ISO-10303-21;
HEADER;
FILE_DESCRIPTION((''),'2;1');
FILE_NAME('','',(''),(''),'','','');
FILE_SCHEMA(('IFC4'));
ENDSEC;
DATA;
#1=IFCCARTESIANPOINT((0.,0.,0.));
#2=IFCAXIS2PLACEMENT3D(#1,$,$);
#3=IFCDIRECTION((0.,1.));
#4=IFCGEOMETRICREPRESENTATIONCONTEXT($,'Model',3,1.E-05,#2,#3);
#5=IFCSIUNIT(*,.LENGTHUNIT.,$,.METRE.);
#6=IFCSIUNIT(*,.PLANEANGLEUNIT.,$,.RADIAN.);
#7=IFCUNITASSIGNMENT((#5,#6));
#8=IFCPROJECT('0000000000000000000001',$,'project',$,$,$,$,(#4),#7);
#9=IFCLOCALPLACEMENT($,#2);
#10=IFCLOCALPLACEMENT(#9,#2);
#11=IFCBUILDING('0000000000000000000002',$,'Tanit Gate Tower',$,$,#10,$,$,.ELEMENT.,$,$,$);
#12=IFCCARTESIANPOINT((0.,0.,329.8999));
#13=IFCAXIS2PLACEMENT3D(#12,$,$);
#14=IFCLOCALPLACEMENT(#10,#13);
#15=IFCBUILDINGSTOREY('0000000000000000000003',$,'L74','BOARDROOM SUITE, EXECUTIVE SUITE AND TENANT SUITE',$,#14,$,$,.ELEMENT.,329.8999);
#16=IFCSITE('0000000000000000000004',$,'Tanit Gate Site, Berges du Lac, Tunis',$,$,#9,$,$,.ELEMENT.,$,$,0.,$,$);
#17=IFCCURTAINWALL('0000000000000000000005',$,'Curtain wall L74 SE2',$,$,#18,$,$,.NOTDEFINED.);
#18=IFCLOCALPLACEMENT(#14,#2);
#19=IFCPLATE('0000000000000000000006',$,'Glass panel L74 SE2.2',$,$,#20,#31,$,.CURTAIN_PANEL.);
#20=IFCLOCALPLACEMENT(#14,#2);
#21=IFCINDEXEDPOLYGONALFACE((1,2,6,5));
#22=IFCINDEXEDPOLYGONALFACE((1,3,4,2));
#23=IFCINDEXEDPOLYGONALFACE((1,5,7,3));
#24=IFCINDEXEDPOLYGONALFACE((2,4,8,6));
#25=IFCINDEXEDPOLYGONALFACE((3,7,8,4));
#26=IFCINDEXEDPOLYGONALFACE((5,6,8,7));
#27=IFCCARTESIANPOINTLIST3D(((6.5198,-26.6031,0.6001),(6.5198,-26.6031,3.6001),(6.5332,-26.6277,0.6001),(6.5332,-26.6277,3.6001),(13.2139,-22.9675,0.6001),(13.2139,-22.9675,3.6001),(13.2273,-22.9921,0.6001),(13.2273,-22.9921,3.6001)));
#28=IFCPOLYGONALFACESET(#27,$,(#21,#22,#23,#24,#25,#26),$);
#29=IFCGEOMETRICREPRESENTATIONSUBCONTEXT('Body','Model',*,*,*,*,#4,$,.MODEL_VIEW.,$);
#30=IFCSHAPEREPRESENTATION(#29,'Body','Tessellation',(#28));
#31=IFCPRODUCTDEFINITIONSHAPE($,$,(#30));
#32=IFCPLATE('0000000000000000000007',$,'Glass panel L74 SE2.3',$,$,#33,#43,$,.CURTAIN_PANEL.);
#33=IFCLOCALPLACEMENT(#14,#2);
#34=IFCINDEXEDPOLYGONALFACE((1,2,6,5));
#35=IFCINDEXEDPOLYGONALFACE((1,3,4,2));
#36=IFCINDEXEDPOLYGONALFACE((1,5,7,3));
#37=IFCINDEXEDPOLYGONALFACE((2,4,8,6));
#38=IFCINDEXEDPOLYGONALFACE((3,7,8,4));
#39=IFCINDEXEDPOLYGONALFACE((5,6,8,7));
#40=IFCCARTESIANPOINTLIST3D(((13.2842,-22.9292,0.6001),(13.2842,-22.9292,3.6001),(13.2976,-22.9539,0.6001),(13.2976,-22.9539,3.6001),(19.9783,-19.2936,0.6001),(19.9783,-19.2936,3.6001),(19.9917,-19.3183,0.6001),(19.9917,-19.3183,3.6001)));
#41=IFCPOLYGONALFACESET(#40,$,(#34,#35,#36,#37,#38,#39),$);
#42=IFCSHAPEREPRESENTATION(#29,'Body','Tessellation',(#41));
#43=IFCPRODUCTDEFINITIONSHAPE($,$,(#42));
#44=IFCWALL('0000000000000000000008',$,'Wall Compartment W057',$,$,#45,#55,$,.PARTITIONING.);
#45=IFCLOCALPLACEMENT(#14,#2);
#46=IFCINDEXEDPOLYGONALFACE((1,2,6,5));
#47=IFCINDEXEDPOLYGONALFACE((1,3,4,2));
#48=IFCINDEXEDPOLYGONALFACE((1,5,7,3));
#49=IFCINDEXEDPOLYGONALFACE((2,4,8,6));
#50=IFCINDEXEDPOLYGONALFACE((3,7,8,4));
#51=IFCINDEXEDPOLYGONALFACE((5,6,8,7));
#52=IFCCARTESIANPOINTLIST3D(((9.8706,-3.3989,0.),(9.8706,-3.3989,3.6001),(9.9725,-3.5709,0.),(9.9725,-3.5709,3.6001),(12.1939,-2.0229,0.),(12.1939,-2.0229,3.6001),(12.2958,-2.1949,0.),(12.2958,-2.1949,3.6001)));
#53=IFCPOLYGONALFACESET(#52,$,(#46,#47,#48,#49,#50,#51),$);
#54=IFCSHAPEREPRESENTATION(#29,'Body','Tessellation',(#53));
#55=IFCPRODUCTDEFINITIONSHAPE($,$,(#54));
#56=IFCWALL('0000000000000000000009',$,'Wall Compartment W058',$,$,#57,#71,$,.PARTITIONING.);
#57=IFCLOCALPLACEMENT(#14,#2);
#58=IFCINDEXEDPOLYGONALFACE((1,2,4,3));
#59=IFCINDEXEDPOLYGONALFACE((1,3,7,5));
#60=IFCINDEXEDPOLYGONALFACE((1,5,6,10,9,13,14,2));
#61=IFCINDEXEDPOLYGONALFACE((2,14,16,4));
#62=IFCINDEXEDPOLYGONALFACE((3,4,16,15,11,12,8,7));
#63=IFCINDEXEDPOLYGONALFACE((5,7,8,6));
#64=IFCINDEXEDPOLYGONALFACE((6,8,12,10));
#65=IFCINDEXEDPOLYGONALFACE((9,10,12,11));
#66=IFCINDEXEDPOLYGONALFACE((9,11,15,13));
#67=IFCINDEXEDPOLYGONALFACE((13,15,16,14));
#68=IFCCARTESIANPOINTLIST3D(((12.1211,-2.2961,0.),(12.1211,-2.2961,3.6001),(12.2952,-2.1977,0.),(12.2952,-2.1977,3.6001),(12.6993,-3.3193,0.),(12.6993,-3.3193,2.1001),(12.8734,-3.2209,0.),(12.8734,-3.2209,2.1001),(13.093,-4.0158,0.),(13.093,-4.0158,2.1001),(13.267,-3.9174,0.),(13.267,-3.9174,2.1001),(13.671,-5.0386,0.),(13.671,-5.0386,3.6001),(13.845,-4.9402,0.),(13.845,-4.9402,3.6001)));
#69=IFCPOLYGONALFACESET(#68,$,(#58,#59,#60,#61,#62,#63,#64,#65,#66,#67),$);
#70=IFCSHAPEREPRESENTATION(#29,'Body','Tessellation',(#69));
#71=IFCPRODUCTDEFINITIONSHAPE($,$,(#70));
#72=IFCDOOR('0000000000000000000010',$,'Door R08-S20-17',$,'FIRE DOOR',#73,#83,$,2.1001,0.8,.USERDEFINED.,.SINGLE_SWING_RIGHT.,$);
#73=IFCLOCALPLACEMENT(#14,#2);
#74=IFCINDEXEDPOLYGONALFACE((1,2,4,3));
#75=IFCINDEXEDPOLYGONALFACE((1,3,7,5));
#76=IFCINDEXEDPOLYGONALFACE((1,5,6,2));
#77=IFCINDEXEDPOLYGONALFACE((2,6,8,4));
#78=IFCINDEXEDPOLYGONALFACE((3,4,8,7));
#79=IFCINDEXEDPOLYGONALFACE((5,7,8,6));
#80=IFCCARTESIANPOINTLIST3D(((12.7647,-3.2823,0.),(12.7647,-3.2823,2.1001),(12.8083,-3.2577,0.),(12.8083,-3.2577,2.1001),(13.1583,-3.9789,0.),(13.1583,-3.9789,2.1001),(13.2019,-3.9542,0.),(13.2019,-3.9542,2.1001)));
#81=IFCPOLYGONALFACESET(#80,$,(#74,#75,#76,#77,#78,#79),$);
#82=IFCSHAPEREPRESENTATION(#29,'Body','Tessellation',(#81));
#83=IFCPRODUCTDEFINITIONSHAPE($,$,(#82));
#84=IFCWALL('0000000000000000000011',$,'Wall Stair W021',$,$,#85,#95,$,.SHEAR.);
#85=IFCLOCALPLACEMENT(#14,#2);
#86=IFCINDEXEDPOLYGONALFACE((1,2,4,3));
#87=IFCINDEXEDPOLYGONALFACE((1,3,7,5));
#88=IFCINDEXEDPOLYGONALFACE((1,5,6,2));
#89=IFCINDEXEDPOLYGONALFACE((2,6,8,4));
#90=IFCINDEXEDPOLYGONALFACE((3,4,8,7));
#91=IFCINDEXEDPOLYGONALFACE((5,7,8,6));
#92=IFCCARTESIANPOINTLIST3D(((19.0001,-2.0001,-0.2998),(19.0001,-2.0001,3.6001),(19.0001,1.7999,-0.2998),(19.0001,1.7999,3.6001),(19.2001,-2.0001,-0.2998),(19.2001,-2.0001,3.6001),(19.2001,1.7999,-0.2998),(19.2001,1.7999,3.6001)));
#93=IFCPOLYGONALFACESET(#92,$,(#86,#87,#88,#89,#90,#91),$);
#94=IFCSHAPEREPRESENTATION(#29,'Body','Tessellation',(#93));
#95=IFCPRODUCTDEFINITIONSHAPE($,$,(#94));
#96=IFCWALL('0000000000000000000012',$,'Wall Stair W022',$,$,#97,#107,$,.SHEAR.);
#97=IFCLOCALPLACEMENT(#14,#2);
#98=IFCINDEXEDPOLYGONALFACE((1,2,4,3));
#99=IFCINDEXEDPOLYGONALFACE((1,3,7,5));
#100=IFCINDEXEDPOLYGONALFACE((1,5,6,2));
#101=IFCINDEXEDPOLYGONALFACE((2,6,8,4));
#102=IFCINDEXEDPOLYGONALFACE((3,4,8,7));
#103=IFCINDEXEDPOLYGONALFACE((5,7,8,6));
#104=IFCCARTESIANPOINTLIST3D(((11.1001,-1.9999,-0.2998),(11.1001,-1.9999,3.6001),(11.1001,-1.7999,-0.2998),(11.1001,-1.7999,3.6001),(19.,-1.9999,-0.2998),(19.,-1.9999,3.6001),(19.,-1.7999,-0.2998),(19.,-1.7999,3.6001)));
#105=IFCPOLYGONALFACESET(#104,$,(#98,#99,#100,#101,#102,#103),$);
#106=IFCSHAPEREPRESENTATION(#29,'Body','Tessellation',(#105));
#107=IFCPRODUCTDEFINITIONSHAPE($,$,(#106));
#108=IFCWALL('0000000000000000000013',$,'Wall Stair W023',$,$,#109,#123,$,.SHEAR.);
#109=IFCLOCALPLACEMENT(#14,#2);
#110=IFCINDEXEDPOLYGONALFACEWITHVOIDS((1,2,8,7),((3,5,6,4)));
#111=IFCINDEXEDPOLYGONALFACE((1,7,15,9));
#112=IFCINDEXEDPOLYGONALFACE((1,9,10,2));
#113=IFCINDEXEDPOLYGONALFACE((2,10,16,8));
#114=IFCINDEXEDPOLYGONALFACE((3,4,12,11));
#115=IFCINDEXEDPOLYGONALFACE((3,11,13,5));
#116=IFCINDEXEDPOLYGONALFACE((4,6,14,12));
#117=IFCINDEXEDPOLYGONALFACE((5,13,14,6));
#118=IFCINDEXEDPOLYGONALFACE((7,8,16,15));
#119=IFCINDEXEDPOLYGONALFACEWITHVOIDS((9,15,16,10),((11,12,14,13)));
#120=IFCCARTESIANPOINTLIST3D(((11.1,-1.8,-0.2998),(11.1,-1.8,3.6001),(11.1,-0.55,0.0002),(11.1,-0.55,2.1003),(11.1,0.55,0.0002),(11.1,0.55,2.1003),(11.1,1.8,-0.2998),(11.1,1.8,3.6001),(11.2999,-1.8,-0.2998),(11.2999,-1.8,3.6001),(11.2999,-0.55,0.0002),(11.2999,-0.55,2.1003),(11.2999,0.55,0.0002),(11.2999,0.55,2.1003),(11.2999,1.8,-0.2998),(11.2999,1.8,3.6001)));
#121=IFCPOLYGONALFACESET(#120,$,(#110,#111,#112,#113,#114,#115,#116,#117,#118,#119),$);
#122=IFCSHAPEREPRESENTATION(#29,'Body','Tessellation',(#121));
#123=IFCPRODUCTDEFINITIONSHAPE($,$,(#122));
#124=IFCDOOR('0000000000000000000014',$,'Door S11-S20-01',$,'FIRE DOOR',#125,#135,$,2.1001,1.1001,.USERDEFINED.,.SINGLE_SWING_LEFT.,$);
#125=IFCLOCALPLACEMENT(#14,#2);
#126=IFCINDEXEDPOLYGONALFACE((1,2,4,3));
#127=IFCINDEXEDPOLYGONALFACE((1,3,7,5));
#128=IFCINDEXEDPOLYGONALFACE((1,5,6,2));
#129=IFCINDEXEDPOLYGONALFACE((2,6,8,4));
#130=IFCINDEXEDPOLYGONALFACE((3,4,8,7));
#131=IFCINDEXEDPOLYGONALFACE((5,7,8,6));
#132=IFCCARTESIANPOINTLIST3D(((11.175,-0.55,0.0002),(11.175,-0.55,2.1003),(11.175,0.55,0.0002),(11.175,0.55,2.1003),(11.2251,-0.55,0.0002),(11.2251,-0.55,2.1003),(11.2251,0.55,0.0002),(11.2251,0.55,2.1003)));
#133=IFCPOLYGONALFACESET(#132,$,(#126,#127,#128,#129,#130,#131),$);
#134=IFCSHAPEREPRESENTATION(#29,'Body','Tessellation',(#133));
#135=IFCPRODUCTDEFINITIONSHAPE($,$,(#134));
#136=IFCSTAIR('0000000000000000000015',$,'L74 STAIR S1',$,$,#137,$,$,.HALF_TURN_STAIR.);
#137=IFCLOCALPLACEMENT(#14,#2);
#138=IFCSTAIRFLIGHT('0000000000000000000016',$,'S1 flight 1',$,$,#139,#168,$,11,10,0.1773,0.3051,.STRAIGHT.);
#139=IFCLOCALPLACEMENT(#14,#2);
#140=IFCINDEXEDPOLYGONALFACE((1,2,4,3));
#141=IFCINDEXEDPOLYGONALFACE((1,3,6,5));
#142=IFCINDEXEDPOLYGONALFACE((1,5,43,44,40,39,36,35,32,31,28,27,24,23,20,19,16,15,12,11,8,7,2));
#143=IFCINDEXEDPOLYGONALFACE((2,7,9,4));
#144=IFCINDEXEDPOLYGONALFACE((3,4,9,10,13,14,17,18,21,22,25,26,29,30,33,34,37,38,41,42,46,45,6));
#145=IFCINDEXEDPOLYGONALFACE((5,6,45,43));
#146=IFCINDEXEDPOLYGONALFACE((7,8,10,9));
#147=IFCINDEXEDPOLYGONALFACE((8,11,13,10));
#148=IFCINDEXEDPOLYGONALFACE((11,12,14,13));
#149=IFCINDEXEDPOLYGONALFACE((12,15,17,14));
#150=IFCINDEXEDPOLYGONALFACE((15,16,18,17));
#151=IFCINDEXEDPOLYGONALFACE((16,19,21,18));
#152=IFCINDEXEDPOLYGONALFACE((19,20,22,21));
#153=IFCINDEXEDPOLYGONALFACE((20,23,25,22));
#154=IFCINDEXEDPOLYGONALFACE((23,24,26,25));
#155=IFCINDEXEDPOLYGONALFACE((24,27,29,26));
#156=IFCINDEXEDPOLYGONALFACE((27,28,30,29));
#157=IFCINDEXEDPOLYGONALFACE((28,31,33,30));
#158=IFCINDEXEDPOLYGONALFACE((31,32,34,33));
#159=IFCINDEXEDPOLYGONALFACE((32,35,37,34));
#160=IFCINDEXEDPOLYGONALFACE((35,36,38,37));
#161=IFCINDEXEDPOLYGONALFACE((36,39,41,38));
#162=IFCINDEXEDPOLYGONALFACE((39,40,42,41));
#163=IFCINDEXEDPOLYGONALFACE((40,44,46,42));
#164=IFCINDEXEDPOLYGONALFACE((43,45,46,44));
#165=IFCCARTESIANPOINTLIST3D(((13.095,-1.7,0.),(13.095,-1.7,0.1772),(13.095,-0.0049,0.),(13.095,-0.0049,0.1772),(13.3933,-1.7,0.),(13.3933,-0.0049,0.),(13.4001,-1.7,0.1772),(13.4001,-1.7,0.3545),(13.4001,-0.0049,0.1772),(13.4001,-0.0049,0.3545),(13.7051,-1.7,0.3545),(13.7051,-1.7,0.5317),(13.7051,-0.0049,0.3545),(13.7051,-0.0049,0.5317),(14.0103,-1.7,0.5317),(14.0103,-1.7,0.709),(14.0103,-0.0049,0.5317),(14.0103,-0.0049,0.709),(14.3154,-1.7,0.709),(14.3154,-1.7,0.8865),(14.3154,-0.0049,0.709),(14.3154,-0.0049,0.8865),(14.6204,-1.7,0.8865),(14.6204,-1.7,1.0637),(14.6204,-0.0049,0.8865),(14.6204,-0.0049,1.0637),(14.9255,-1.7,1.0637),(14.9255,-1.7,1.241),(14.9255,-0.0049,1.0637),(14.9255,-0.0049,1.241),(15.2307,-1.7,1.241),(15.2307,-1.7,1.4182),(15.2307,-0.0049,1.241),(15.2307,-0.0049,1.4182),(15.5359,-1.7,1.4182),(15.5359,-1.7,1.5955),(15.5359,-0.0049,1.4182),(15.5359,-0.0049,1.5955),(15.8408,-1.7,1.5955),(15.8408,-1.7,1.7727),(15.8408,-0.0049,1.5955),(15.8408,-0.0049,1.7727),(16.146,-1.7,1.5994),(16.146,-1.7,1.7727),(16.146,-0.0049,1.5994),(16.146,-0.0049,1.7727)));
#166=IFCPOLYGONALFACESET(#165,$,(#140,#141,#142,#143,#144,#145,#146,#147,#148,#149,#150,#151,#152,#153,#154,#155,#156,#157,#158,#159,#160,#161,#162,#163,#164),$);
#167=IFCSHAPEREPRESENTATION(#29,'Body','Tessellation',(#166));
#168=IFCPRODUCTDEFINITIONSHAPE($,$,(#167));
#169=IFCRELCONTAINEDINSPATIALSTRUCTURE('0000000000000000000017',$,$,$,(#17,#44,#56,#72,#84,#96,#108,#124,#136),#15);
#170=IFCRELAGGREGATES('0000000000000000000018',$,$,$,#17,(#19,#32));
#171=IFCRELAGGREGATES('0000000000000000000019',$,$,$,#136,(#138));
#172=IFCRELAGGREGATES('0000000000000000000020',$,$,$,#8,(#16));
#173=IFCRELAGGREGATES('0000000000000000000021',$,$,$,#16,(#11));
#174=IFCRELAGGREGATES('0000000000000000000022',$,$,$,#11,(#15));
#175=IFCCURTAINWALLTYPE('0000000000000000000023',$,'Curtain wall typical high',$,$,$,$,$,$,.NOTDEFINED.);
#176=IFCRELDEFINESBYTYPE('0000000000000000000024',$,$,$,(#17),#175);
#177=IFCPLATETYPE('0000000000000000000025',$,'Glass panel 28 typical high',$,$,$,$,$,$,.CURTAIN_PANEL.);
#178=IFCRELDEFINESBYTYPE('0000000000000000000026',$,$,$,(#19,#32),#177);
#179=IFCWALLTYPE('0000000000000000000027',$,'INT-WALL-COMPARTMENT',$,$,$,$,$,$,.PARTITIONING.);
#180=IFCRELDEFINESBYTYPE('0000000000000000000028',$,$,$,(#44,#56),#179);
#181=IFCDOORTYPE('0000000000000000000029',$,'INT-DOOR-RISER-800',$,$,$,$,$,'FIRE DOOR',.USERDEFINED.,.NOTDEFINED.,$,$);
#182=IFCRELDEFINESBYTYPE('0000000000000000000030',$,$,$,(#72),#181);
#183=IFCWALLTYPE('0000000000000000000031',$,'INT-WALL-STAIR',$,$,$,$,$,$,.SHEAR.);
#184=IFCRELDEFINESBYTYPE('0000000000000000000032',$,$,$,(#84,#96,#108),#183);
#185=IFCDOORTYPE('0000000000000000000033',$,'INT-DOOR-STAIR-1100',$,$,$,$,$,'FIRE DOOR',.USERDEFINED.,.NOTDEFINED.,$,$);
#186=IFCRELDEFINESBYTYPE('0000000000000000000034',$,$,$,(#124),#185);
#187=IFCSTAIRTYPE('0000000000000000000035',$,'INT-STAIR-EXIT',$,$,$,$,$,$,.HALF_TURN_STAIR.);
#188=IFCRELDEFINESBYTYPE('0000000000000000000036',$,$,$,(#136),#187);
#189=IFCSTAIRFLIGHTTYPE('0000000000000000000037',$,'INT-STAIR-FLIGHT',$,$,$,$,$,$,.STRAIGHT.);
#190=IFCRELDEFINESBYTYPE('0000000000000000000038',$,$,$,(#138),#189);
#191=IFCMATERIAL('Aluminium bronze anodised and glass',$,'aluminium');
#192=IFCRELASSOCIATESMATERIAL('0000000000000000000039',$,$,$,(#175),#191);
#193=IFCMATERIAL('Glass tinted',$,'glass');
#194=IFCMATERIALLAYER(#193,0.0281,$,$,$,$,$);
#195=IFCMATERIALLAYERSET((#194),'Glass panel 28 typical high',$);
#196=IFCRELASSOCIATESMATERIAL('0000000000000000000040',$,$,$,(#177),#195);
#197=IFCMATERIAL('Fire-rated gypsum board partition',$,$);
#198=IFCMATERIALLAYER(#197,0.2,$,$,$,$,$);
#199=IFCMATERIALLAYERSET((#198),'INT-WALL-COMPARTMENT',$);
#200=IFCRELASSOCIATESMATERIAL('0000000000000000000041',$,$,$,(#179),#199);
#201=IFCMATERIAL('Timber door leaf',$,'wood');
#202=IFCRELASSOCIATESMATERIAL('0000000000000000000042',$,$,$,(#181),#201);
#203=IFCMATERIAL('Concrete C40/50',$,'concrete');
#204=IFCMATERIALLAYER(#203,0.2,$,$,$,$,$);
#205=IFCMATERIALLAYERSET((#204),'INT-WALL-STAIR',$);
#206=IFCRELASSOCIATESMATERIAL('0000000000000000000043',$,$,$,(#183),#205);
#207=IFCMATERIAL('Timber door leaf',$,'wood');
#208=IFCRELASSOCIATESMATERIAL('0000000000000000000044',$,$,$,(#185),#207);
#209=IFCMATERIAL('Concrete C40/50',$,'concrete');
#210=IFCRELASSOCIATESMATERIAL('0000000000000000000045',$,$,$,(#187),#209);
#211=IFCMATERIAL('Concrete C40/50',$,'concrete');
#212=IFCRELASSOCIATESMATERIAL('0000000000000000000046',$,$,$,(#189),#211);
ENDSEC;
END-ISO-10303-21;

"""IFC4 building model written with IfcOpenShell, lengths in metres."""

from ifc_helpers import new_model, si_unit, direction, frame, frame_2d, origin, origin_2d, place, context, subcontext, project, spatial, polyline, rectangle, outline, extrude, material, layer, layer_set, type_object, element, fill, aggregate, save


model = new_model("IFC4")

# Units and contexts
model_context = context("Model", 3, precision=1e-05, world=origin(), true_north=direction((0.0, 1.0)))
body_context = subcontext(model_context, "Body", "Model", "MODEL_VIEW")
ifc_project = project(units=[si_unit("LENGTHUNIT", "METRE"), si_unit("PLANEANGLEUNIT", "RADIAN")], contexts=[model_context])

# Site, building, storey
site_placement = place(None, origin())
site = spatial("IfcSite", under=ifc_project, at=site_placement, Name="Tanit Gate Site, Berges du Lac, Tunis", CompositionType="ELEMENT", RefElevation=0.0)
building_placement = place(site_placement, origin())
building = spatial("IfcBuilding", under=site, at=building_placement, Name="Tanit Gate Tower", CompositionType="ELEMENT")
storey_placement = place(building_placement, frame((0.0, 0.0, 329.8999)))
storey = spatial("IfcBuildingStorey", under=building, at=storey_placement, Name="L74", Description="BOARDROOM SUITE, EXECUTIVE SUITE AND TENANT SUITE", CompositionType="ELEMENT", Elevation=329.8999)

# Curtain wall
ifc_material_1 = material(Name="Aluminium bronze anodised and glass", Category="aluminium")
curtain_wall_type = type_object("IfcCurtainWallType", Name="Curtain wall typical high", PredefinedType="NOTDEFINED", material=ifc_material_1)
curtain_wall_placement = place(storey_placement, origin())
curtain_wall = element("IfcCurtainWall", 1, at=curtain_wall_placement, inside=storey, type_object=curtain_wall_type, Name="Curtain wall L74 SE2", PredefinedType="NOTDEFINED")

# Plates
ifc_material_2 = material(Name="Glass tinted", Category="glass")
ifc_layer_1 = layer(ifc_material_2, 0.0281)
ifc_layer_set_1 = layer_set([ifc_layer_1], Name="Glass panel 28 typical high")
plate_type = type_object("IfcPlateType", Name="Glass panel 28 typical high", PredefinedType="CURTAIN_PANEL", material=ifc_layer_set_1)
plate_1_placement = place(storey_placement, frame((9.8735, -24.7976, 0.6001), z_axis=(0.0, 0.0, 1.0), x_axis=(0.878762, 0.477259, 0.0)))
plate_1 = element("IfcPlate", 2, at=plate_1_placement, type_object=plate_type, Name="Glass panel L74 SE2.2", PredefinedType="CURTAIN_PANEL", context=body_context, shape_type="SweptSolid", body=[
    extrude(rectangle(XDim=7.6177, YDim=0.0281, at=origin_2d()), origin(), (0.0, 0.0, 1.0), 3.0),
])
plate_2_placement = place(storey_placement, frame((16.6379, -21.1238, 0.6001), z_axis=(0.0, 0.0, 1.0), x_axis=(0.878762, 0.477259, 0.0)))
plate_2 = element("IfcPlate", 3, at=plate_2_placement, type_object=plate_type, Name="Glass panel L74 SE2.3", PredefinedType="CURTAIN_PANEL", context=body_context, shape_type="SweptSolid", body=[
    extrude(rectangle(XDim=7.6177, YDim=0.0281, at=origin_2d()), origin(), (0.0, 0.0, 1.0), 3.0),
])
aggregate(curtain_wall, [plate_1, plate_2])

# Wall
ifc_material_3 = material(Name="Fire-rated gypsum board partition")
ifc_layer_2 = layer(ifc_material_3, 0.2)
ifc_layer_set_2 = layer_set([ifc_layer_2], Name="INT-WALL-COMPARTMENT")
wall_type_1 = type_object("IfcWallType", Name="INT-WALL-COMPARTMENT", PredefinedType="PARTITIONING", material=ifc_layer_set_2)
wall_1_placement = place(storey_placement, frame((12.2449, -2.1089, 0.0), z_axis=(0.0, 0.0, 1.0), x_axis=(-0.860415, -0.509594, 0.0)))
element("IfcWall", 4, at=wall_1_placement, inside=storey, type_object=wall_type_1, Name="Wall Compartment W057", PredefinedType="PARTITIONING", context=body_context, shape_type="SweptSolid", body=[
    extrude(rectangle(XDim=2.7002, YDim=0.2, at=frame_2d((1.3501, 0.0))), origin(), (0.0, 0.0, 1.0), 3.6001),
])

# Wall, opening, door
wall_2_placement = place(storey_placement, frame((13.7581, -4.9895, 0.0), z_axis=(0.0, 0.0, 1.0), x_axis=(-0.491993, 0.870599, 0.0)))
wall_2 = element("IfcWall", 5, at=wall_2_placement, inside=storey, type_object=wall_type_1, Name="Wall Compartment W058", PredefinedType="PARTITIONING", context=body_context, shape_type="SweptSolid", body=[
    extrude(rectangle(XDim=3.1501, YDim=0.2, at=frame_2d((1.5752, 0.0))), origin(), (0.0, 0.0, 1.0), 3.6001),
])
opening_1_placement = place(wall_2_placement, frame((1.175, 0.0, 0.0)))
opening_1 = element("IfcOpeningElement", 6, at=opening_1_placement, cuts=wall_2, PredefinedType="OPENING", context=body_context, shape_type="SweptSolid", body=[
    extrude(rectangle(XDim=0.8, YDim=2.1001, at=frame_2d((0.3999, 1.05))), frame((0.0, 0.1099, 0.0), z_axis=(0.0, -1.0, 0.0), x_axis=(1.0, 0.0, 0.0)), (0.0, 0.0, 1.0), 0.22),
])
ifc_material_4 = material(Name="Timber door leaf", Category="wood")
door_type_1 = type_object("IfcDoorType", Name="INT-DOOR-RISER-800", ElementType="FIRE DOOR", OperationType="NOTDEFINED", PredefinedType="USERDEFINED", material=ifc_material_4)
door_1_placement = place(opening_1_placement, origin())
door_1 = element("IfcDoor", 7, at=door_1_placement, inside=storey, type_object=door_type_1, Name="Door R08-S20-17", ObjectType="FIRE DOOR", OperationType="SINGLE_SWING_RIGHT", OverallHeight=2.1001, OverallWidth=0.8, PredefinedType="USERDEFINED", context=body_context, shape_type="SweptSolid", body=[
    extrude(rectangle(XDim=0.8, YDim=2.1001, at=frame_2d((0.3999, 1.05))), frame((0.0, 0.0249, 0.0), z_axis=(0.0, -1.0, 0.0), x_axis=(1.0, 0.0, 0.0)), (0.0, 0.0, 1.0), 0.05),
])
fill(opening_1, door_1)

# Walls
ifc_material_5 = material(Name="Concrete C40/50", Category="concrete")
ifc_layer_3 = layer(ifc_material_5, 0.2)
ifc_layer_set_3 = layer_set([ifc_layer_3], Name="INT-WALL-STAIR")
wall_type_2 = type_object("IfcWallType", Name="INT-WALL-STAIR", PredefinedType="SHEAR", material=ifc_layer_set_3)
wall_3_placement = place(storey_placement, frame((19.1001, -2.0, -0.2998), z_axis=(0.0, 0.0, 1.0), x_axis=(0.0, 1.0, 0.0)))
element("IfcWall", 8, at=wall_3_placement, inside=storey, type_object=wall_type_2, Name="Wall Stair W021", PredefinedType="SHEAR", context=body_context, shape_type="SweptSolid", body=[
    extrude(rectangle(XDim=3.8, YDim=0.2, at=frame_2d((1.8999, 0.0))), origin(), (0.0, 0.0, 1.0), 3.8999),
])
wall_4_placement = place(storey_placement, frame((11.1001, -1.8999, -0.2998), z_axis=(0.0, 0.0, 1.0), x_axis=(1.0, 0.0, 0.0)))
element("IfcWall", 9, at=wall_4_placement, inside=storey, type_object=wall_type_2, Name="Wall Stair W022", PredefinedType="SHEAR", context=body_context, shape_type="SweptSolid", body=[
    extrude(rectangle(XDim=7.8999, YDim=0.2, at=frame_2d((3.95, 0.0))), origin(), (0.0, 0.0, 1.0), 3.8999),
])

# Wall, opening, door
wall_5_placement = place(storey_placement, frame((11.2, -1.8, -0.2998), z_axis=(0.0, 0.0, 1.0), x_axis=(0.0, 1.0, 0.0)))
wall_5 = element("IfcWall", 10, at=wall_5_placement, inside=storey, type_object=wall_type_2, Name="Wall Stair W023", PredefinedType="SHEAR", context=body_context, shape_type="SweptSolid", body=[
    extrude(rectangle(XDim=3.6001, YDim=0.2, at=frame_2d((1.8, 0.0))), origin(), (0.0, 0.0, 1.0), 3.8999),
])
opening_2_placement = place(wall_5_placement, frame((1.25, 0.0, 0.3)))
opening_2 = element("IfcOpeningElement", 11, at=opening_2_placement, cuts=wall_5, PredefinedType="OPENING", context=body_context, shape_type="SweptSolid", body=[
    extrude(rectangle(XDim=1.1001, YDim=2.1001, at=frame_2d((0.55, 1.05))), frame((0.0, 0.1099, 0.0), z_axis=(0.0, -1.0, 0.0), x_axis=(1.0, 0.0, 0.0)), (0.0, 0.0, 1.0), 0.22),
])
ifc_material_6 = material(Name="Timber door leaf", Category="wood")
door_type_2 = type_object("IfcDoorType", Name="INT-DOOR-STAIR-1100", ElementType="FIRE DOOR", OperationType="NOTDEFINED", PredefinedType="USERDEFINED", material=ifc_material_6)
door_2_placement = place(opening_2_placement, origin())
door_2 = element("IfcDoor", 12, at=door_2_placement, inside=storey, type_object=door_type_2, Name="Door S11-S20-01", ObjectType="FIRE DOOR", OperationType="SINGLE_SWING_LEFT", OverallHeight=2.1001, OverallWidth=1.1001, PredefinedType="USERDEFINED", context=body_context, shape_type="SweptSolid", body=[
    extrude(rectangle(XDim=1.1001, YDim=2.1001, at=frame_2d((0.55, 1.05))), frame((0.0, 0.0249, 0.0), z_axis=(0.0, -1.0, 0.0), x_axis=(1.0, 0.0, 0.0)), (0.0, 0.0, 1.0), 0.05),
])
fill(opening_2, door_2)

# Stair, stair flight
ifc_material_7 = material(Name="Concrete C40/50", Category="concrete")
stair_type = type_object("IfcStairType", Name="INT-STAIR-EXIT", PredefinedType="HALF_TURN_STAIR", material=ifc_material_7)
stair_placement = place(storey_placement, origin())
stair = element("IfcStair", 13, at=stair_placement, inside=storey, type_object=stair_type, Name="L74 STAIR S1", PredefinedType="HALF_TURN_STAIR")
ifc_material_8 = material(Name="Concrete C40/50", Category="concrete")
stair_flight_type = type_object("IfcStairFlightType", Name="INT-STAIR-FLIGHT", PredefinedType="STRAIGHT", material=ifc_material_8)
stair_flight_placement = place(storey_placement, frame((13.095, -0.8525, 0.0), z_axis=(0.0, 0.0, 1.0), x_axis=(1.0, 0.0, 0.0)))
stair_flight = element("IfcStairFlight", 14, at=stair_flight_placement, type_object=stair_flight_type, Name="S1 flight 1", NumberOfRisers=11, NumberOfTreads=10, PredefinedType="STRAIGHT", RiserHeight=0.1773, TreadLength=0.3051, context=body_context, shape_type="SweptSolid", body=[
    extrude(outline(polyline([(0.0, 0.0), (0.0, 0.1772), (0.3052, 0.1772), (0.3052, 0.3545), (0.6101, 0.3545), (0.6101, 0.5317), (0.9153, 0.5317), (0.9153, 0.709), (1.2205, 0.709), (1.2205, 0.8865), (1.5254, 0.8865), (1.5254, 1.0637), (1.8306, 1.0637), (1.8306, 1.241), (2.1357, 1.241), (2.1357, 1.4182), (2.4409, 1.4182), (2.4409, 1.5955), (2.7458, 1.5955), (2.7458, 1.7727), (3.051, 1.7727), (3.051, 1.95), (3.051, 1.5994), (0.2983, 0.0), (0.0, 0.0)])), frame((0.0, 0.8477, 0.0), z_axis=(0.0, -1.0, 0.0), x_axis=(1.0, 0.0, 0.0)), (0.0, 0.0, 1.0), 1.6951),
])
aggregate(stair, [stair_flight])

save(model, "model.ifc")
